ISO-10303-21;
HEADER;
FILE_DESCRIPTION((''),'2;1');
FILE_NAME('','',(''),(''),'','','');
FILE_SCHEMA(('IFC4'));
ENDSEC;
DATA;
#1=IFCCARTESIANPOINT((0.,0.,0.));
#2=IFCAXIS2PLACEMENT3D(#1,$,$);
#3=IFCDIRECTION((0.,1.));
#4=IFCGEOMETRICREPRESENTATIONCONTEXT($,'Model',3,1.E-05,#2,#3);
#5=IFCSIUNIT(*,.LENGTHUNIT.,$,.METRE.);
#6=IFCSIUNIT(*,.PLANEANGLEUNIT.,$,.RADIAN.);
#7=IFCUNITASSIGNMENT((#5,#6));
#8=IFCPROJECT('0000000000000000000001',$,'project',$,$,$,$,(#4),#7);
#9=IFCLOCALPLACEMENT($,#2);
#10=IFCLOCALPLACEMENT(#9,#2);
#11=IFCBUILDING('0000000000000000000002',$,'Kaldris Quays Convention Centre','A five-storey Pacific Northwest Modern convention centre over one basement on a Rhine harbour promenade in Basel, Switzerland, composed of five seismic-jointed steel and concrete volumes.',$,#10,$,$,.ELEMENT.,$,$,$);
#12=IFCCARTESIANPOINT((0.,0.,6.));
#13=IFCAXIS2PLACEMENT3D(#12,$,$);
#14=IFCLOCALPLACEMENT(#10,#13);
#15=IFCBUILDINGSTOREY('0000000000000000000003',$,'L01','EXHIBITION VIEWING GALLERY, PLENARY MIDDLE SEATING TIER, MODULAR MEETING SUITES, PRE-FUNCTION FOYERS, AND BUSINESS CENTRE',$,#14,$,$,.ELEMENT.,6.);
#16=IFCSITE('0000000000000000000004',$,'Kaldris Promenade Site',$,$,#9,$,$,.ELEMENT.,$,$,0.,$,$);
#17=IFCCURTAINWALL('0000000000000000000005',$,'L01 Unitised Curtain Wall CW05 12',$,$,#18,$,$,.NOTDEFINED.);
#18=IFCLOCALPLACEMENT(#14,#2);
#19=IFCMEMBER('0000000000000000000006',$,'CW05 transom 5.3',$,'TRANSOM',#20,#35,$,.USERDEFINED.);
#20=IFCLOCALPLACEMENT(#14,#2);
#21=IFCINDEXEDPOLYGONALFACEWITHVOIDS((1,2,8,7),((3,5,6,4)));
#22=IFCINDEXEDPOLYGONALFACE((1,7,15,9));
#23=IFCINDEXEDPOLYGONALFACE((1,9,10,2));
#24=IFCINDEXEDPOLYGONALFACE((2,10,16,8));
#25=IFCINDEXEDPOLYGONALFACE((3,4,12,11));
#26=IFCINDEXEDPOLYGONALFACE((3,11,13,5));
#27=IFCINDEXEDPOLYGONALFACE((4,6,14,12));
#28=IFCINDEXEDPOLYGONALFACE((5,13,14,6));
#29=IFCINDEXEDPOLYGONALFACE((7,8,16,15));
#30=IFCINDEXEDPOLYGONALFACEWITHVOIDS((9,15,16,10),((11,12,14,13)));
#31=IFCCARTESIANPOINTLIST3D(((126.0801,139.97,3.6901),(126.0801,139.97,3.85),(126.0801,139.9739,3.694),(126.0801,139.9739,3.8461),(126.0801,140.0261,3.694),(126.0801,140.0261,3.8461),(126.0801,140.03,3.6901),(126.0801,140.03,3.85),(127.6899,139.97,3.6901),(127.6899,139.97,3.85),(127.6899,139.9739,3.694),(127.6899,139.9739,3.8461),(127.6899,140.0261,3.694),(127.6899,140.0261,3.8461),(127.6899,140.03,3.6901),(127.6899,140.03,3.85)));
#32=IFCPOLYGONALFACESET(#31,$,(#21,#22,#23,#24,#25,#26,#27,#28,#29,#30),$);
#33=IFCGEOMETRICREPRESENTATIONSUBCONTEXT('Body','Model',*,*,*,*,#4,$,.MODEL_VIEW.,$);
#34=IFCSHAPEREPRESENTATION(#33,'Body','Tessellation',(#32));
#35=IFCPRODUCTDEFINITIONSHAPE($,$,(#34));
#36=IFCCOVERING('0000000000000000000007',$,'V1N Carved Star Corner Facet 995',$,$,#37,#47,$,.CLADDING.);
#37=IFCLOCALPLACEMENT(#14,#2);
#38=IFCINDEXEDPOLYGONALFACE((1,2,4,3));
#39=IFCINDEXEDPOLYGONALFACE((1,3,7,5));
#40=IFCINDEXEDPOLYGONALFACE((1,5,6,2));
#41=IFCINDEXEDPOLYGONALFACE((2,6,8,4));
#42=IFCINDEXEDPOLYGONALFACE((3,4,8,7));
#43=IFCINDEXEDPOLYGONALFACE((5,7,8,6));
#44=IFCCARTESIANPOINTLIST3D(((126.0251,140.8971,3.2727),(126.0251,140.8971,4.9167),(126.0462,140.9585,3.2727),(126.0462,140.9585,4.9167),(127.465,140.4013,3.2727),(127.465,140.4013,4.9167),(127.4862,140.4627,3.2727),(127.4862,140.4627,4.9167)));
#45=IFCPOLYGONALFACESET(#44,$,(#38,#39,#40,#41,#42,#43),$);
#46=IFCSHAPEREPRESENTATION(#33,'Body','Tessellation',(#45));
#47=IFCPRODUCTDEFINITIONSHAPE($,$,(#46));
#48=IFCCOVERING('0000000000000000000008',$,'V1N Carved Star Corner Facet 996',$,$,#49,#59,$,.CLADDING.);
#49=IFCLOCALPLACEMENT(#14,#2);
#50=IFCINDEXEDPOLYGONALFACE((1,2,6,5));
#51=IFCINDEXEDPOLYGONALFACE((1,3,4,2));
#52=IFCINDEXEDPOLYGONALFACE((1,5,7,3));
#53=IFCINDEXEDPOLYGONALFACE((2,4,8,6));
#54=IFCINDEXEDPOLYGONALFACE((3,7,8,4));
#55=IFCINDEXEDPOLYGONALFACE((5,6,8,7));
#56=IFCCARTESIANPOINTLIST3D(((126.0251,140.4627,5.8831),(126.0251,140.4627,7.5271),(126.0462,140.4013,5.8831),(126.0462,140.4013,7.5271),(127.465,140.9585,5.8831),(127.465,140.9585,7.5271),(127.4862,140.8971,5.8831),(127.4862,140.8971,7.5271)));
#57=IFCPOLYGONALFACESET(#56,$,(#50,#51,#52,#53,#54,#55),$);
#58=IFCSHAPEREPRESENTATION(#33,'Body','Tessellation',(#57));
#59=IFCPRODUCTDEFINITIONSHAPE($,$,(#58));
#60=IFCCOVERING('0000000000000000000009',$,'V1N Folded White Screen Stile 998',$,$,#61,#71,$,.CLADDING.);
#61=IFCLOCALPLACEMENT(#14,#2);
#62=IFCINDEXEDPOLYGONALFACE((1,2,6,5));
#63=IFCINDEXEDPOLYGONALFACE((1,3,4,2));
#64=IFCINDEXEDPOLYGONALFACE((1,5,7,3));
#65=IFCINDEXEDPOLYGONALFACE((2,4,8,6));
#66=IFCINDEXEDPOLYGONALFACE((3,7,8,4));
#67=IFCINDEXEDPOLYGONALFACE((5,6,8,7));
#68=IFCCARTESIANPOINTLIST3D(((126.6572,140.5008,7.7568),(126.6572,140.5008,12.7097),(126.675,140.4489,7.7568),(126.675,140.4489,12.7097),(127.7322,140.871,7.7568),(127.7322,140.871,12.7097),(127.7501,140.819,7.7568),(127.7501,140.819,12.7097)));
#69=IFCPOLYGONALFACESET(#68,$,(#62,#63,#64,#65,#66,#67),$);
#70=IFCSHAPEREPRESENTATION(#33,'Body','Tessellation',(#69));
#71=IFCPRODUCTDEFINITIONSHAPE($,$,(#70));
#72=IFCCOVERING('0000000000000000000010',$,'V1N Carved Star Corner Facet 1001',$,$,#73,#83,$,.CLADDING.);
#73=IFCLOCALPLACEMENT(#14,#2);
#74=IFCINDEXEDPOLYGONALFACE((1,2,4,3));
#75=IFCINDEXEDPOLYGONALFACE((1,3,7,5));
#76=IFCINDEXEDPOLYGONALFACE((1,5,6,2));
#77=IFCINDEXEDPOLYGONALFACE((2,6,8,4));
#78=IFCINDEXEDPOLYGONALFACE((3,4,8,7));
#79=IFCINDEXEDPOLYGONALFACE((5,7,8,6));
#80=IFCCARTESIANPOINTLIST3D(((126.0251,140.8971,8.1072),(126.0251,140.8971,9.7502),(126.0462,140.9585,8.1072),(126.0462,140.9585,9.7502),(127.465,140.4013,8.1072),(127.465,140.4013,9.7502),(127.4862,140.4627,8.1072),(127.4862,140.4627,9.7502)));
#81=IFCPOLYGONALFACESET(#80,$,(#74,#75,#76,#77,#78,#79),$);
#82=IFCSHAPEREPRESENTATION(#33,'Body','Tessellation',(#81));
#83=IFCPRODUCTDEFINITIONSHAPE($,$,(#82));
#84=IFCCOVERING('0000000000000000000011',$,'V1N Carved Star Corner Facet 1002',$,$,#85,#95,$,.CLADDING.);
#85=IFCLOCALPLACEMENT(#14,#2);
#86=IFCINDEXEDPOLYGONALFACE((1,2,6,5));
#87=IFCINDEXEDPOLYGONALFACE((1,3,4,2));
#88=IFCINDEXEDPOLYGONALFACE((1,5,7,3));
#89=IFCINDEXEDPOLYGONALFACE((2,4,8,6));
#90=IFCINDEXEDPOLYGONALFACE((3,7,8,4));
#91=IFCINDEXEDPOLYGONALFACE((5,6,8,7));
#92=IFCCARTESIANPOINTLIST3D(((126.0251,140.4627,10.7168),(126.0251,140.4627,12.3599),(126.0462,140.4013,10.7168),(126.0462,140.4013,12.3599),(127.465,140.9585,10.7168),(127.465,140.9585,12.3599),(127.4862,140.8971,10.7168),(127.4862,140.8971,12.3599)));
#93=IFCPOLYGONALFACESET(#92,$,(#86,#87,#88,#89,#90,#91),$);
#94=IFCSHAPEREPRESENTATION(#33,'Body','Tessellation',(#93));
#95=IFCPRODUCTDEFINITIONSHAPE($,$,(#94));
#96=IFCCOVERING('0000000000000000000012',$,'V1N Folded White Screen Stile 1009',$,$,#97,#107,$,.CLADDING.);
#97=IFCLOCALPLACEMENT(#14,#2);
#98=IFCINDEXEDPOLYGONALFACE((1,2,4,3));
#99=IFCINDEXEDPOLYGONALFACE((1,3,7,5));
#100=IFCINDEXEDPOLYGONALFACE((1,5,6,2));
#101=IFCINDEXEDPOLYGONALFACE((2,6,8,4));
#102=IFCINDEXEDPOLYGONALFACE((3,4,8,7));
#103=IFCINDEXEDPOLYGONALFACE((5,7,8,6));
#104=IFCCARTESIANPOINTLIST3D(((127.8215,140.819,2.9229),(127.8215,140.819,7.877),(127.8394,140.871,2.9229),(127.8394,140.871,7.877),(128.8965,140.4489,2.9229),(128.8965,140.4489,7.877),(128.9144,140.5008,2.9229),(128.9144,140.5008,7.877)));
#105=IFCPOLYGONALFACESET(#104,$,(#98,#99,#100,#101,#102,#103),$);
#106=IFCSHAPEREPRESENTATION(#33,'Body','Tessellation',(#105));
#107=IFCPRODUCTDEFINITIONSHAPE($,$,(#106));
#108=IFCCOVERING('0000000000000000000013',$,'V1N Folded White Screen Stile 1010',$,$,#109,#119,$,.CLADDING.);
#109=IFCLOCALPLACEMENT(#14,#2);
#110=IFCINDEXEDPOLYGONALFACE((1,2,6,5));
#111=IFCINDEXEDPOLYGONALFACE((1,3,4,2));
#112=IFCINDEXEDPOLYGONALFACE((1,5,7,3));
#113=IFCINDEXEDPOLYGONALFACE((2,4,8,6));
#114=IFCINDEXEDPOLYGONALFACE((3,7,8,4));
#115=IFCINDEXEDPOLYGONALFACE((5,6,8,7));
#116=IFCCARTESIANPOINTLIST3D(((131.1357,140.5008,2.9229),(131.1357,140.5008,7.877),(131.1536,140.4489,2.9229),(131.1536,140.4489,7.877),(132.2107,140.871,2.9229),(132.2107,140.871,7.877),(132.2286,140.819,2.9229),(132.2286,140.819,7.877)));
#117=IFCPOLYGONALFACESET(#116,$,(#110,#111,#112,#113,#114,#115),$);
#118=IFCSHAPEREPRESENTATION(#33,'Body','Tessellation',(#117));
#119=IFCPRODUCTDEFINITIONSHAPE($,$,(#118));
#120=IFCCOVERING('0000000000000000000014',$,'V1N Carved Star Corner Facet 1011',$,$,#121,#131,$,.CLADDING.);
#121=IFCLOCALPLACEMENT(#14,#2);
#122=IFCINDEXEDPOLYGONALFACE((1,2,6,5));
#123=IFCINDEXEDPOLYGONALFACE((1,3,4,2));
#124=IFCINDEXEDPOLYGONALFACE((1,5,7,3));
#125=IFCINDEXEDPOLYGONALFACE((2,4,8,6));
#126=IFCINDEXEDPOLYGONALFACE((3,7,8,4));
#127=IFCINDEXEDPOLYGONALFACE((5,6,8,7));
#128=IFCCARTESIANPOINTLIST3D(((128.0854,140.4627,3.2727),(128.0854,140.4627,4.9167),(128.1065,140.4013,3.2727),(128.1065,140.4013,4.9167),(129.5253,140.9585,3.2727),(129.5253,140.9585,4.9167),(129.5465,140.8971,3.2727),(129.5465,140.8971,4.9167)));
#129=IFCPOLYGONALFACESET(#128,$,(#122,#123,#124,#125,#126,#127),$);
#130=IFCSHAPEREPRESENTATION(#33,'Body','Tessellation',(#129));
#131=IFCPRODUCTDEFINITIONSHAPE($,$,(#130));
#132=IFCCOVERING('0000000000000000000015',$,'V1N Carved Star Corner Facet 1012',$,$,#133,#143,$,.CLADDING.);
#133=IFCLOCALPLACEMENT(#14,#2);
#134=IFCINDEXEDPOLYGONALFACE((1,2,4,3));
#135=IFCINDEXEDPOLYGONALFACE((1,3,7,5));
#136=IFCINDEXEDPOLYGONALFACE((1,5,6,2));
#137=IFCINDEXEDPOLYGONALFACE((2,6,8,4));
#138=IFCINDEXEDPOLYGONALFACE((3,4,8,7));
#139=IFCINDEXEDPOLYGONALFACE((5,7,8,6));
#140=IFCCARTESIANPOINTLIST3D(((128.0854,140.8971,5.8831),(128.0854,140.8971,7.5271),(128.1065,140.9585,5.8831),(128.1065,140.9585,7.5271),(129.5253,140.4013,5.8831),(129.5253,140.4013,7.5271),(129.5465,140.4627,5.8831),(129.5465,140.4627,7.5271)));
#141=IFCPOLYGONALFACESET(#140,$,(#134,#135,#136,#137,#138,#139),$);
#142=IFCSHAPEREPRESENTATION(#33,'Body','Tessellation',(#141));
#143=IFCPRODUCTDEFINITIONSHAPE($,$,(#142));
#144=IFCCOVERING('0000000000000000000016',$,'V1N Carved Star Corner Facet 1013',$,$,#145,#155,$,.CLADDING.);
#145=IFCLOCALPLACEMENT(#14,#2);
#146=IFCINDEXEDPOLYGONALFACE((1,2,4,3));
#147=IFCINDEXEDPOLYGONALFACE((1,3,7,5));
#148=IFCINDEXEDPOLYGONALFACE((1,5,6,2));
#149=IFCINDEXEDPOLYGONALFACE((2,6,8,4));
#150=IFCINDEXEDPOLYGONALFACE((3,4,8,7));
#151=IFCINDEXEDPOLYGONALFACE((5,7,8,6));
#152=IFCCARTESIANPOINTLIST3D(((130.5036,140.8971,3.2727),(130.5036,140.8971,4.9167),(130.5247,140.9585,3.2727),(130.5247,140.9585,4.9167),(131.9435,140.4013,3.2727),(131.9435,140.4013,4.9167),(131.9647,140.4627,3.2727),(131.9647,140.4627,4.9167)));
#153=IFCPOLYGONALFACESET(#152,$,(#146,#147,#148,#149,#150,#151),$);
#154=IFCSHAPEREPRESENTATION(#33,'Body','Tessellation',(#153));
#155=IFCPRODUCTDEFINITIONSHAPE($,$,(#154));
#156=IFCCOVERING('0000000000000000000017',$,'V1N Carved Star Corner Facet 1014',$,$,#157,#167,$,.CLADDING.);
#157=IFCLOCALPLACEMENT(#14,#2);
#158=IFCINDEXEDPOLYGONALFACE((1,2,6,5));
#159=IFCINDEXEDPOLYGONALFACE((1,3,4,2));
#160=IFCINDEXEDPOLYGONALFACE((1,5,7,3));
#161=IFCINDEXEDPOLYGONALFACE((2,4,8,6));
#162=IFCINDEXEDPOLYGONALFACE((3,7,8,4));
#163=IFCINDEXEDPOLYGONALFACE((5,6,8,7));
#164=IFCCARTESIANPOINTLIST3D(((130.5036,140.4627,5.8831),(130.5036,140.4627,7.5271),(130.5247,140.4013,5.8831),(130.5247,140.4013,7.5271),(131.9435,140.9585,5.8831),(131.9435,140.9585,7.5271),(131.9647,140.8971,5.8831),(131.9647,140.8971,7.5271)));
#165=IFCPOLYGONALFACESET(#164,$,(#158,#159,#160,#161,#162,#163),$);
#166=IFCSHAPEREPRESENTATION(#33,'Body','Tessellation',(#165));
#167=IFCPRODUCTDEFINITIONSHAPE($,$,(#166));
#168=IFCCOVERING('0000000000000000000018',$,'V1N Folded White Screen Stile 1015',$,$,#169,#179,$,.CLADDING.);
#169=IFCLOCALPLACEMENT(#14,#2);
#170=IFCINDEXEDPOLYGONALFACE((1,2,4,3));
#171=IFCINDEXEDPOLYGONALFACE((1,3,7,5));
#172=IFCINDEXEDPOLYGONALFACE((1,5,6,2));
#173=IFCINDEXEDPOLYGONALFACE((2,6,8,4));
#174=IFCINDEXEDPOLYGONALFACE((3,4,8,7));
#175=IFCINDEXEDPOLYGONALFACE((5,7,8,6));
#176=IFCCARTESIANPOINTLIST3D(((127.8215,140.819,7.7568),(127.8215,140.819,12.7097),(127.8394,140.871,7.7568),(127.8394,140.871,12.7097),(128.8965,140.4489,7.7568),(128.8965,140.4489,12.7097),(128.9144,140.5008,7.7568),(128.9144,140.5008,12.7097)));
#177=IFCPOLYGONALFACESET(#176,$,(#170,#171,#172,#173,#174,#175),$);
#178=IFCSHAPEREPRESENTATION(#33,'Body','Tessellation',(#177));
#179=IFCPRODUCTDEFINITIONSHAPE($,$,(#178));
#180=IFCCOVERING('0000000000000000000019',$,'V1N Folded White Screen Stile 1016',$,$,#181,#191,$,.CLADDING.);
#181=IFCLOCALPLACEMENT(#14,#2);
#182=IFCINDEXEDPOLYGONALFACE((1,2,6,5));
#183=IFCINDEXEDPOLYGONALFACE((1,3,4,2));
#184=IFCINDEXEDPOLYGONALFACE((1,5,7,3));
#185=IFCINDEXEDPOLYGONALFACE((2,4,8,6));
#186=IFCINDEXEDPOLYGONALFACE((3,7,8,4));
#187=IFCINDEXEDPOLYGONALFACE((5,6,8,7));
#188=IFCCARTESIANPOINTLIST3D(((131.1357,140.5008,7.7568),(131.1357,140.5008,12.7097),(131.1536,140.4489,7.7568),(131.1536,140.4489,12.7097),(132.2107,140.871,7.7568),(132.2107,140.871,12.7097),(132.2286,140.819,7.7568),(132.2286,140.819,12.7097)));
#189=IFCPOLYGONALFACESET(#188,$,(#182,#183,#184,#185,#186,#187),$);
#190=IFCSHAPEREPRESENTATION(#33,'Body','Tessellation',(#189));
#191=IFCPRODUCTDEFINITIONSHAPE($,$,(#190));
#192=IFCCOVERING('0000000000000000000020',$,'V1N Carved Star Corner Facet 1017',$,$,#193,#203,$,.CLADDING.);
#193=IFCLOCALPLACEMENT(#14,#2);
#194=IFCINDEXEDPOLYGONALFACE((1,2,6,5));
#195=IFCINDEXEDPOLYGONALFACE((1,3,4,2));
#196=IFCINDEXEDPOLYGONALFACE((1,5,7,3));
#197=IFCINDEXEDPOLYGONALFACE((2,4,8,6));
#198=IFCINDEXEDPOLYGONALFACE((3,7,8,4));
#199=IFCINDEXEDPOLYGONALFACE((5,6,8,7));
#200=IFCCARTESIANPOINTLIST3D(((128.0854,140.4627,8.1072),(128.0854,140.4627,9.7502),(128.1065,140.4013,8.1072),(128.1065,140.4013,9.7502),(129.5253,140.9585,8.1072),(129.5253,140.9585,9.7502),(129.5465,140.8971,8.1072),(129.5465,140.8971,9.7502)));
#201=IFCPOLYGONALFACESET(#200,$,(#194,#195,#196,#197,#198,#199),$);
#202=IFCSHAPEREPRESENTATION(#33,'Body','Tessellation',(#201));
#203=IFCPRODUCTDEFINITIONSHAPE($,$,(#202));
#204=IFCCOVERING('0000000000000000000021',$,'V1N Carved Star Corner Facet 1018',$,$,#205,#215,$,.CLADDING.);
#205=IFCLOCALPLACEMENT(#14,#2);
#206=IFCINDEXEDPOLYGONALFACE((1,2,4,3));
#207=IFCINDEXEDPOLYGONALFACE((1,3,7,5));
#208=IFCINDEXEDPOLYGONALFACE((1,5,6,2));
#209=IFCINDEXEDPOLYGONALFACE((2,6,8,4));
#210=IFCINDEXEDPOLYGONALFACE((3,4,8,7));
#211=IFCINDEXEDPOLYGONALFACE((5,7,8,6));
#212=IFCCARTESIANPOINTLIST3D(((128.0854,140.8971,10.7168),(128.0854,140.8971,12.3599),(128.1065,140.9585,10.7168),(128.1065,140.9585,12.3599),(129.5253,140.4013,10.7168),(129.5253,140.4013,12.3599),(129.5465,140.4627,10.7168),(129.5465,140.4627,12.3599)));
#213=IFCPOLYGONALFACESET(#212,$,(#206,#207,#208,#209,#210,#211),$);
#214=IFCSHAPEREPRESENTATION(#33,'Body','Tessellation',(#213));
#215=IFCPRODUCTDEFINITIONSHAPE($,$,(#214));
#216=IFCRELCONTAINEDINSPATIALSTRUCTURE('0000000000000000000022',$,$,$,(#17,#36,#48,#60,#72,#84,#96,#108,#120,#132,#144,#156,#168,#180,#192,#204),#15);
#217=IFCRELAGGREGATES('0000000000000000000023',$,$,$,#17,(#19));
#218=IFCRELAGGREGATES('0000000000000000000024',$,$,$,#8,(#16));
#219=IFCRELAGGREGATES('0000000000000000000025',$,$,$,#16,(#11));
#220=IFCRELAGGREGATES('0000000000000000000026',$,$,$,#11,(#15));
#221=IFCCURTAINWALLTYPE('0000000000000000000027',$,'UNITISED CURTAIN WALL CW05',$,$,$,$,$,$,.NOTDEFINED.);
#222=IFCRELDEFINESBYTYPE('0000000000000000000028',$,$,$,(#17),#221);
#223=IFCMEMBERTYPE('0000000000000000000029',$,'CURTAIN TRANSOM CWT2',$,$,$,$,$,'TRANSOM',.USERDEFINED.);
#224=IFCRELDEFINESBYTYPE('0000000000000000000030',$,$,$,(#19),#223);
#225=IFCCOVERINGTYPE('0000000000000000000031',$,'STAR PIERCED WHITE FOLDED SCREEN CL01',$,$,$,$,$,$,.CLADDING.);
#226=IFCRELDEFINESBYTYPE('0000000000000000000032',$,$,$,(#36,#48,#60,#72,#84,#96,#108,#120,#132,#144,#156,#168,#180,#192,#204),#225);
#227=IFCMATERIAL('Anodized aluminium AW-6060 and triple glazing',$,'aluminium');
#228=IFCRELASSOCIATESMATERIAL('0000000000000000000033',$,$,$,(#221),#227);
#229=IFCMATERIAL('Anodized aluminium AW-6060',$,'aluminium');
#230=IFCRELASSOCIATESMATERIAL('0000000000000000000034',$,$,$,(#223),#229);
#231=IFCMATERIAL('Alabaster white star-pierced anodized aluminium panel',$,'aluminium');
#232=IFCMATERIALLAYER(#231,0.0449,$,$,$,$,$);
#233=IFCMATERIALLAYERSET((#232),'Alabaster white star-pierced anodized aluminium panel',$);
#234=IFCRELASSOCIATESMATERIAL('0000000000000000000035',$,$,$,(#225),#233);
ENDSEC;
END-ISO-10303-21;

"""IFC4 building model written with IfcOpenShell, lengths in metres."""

from ifc_helpers import new_model, si_unit, direction, frame, origin, origin_2d, place, context, subcontext, project, spatial, rectangle, hollow_rectangle, extrude, material, layer, layer_set, material_profile, profile_set, type_object, element, aggregate, save


model = new_model("IFC4")

# Units and contexts
model_context = context("Model", 3, precision=1e-05, world=origin(), true_north=direction((0.0, 1.0)))
body_context = subcontext(model_context, "Body", "Model", "MODEL_VIEW")
ifc_project = project(units=[si_unit("LENGTHUNIT", "METRE"), si_unit("PLANEANGLEUNIT", "RADIAN")], contexts=[model_context])

# Site, building, storey
site_placement = place(None, origin())
site = spatial("IfcSite", under=ifc_project, at=site_placement, Name="Kaldris Promenade Site", CompositionType="ELEMENT", RefElevation=0.0)
building_placement = place(site_placement, origin())
building = spatial("IfcBuilding", under=site, at=building_placement, Name="Kaldris Quays Convention Centre", Description="A five-storey Pacific Northwest Modern convention centre over one basement on a Rhine harbour promenade in Basel, Switzerland, composed of five seismic-jointed steel and concrete volumes.", CompositionType="ELEMENT")
storey_placement = place(building_placement, frame((0.0, 0.0, 6.0)))
storey = spatial("IfcBuildingStorey", under=building, at=storey_placement, Name="L01", Description="EXHIBITION VIEWING GALLERY, PLENARY MIDDLE SEATING TIER, MODULAR MEETING SUITES, PRE-FUNCTION FOYERS, AND BUSINESS CENTRE", CompositionType="ELEMENT", Elevation=6.0)

# Curtain wall, member
ifc_material_1 = material(Name="Anodized aluminium AW-6060 and triple glazing", Category="aluminium")
curtain_wall_type = type_object("IfcCurtainWallType", Name="UNITISED CURTAIN WALL CW05", PredefinedType="NOTDEFINED", material=ifc_material_1)
curtain_wall_placement = place(storey_placement, origin())
curtain_wall = element("IfcCurtainWall", 1, at=curtain_wall_placement, inside=storey, type_object=curtain_wall_type, Name="L01 Unitised Curtain Wall CW05 12", PredefinedType="NOTDEFINED")
ifc_material_2 = material(Name="Anodized aluminium AW-6060", Category="aluminium")
ifc_material_profile = material_profile(ifc_material_2, hollow_rectangle(XDim=0.0601, YDim=0.1599, WallThickness=0.0039, at=origin_2d()), Name="RHS 160x60x4")
ifc_profile_set = profile_set([ifc_material_profile], Name="Anodized aluminium AW-6060")
member_type = type_object("IfcMemberType", Name="CURTAIN TRANSOM CWT2", ElementType="TRANSOM", PredefinedType="USERDEFINED", material=ifc_profile_set)
member_placement = place(storey_placement, frame((126.0801, 140.0, 3.77), z_axis=(1.0, 0.0, 0.0), x_axis=(0.0, 1.0, 0.0)))
member = element("IfcMember", 2, at=member_placement, type_object=member_type, Name="CW05 transom 5.3", ObjectType="TRANSOM", PredefinedType="USERDEFINED", context=body_context, shape_type="SweptSolid", body=[
    extrude(hollow_rectangle(XDim=0.0601, YDim=0.1599, WallThickness=0.0039, at=origin_2d()), origin(), (0.0, 0.0, 1.0), 1.6099),
])
aggregate(curtain_wall, [member])

# Coverings
ifc_material_3 = material(Name="Alabaster white star-pierced anodized aluminium panel", Category="aluminium")
ifc_layer = layer(ifc_material_3, 0.0449)
ifc_layer_set = layer_set([ifc_layer], Name="Alabaster white star-pierced anodized aluminium panel")
covering_type = type_object("IfcCoveringType", Name="STAR PIERCED WHITE FOLDED SCREEN CL01", PredefinedType="CLADDING", material=ifc_layer_set)
for number, where, z_axis, x_axis, name in (
    (3, (126.7556, 140.6799, 3.2727), (0.0, 0.0, 1.0), (0.945519, -0.325568, 0.0), "V1N Carved Star Corner Facet 995"),
    (4, (126.7556, 140.6799, 5.8831), (0.0, 0.0, 1.0), (0.945519, 0.325568, 0.0), "V1N Carved Star Corner Facet 996"),
):
    element("IfcCovering", number, at=place(storey_placement, frame(where, z_axis=z_axis, x_axis=x_axis)), inside=storey, type_object=covering_type, Name=name, PredefinedType="CLADDING", context=body_context, shape_type="SweptSolid", body=[
        extrude(rectangle(XDim=1.5229, YDim=0.0649, at=origin_2d()), origin(), (0.0, 0.0, 1.0), 1.644),
    ])
covering_1_placement = place(storey_placement, frame((127.2036, 140.6599, 7.7568), z_axis=(0.0, 0.0, 1.0), x_axis=(0.945519, 0.325568, 0.0)))
element("IfcCovering", 5, at=covering_1_placement, inside=storey, type_object=covering_type, Name="V1N Folded White Screen Stile 998", PredefinedType="CLADDING", context=body_context, shape_type="SweptSolid", body=[
    extrude(rectangle(XDim=1.137, YDim=0.0549, at=origin_2d()), origin(), (0.0, 0.0, 1.0), 4.9529),
])
for number, where, z_axis, x_axis, name in (
    (6, (126.7556, 140.6799, 8.1072), (0.0, 0.0, 1.0), (0.945519, -0.325568, 0.0), "V1N Carved Star Corner Facet 1001"),
    (7, (126.7556, 140.6799, 10.7168), (0.0, 0.0, 1.0), (0.945519, 0.325568, 0.0), "V1N Carved Star Corner Facet 1002"),
):
    element("IfcCovering", number, at=place(storey_placement, frame(where, z_axis=z_axis, x_axis=x_axis)), inside=storey, type_object=covering_type, Name=name, PredefinedType="CLADDING", context=body_context, shape_type="SweptSolid", body=[
        extrude(rectangle(XDim=1.5229, YDim=0.0649, at=origin_2d()), origin(), (0.0, 0.0, 1.0), 1.6431),
    ])
for number, where, z_axis, x_axis, name in (
    (8, (128.3679, 140.6599, 2.9229), (0.0, 0.0, 1.0), (0.945519, -0.325568, 0.0), "V1N Folded White Screen Stile 1009"),
    (9, (131.6821, 140.6599, 2.9229), (0.0, 0.0, 1.0), (0.945519, 0.325568, 0.0), "V1N Folded White Screen Stile 1010"),
):
    element("IfcCovering", number, at=place(storey_placement, frame(where, z_axis=z_axis, x_axis=x_axis)), inside=storey, type_object=covering_type, Name=name, PredefinedType="CLADDING", context=body_context, shape_type="SweptSolid", body=[
        extrude(rectangle(XDim=1.137, YDim=0.0549, at=origin_2d()), origin(), (0.0, 0.0, 1.0), 4.9541),
    ])
for number, where, z_axis, x_axis, name in (
    (10, (128.8159, 140.6799, 3.2727), (0.0, 0.0, 1.0), (0.945519, 0.325568, 0.0), "V1N Carved Star Corner Facet 1011"),
    (11, (128.8159, 140.6799, 5.8831), (0.0, 0.0, 1.0), (0.945519, -0.325568, 0.0), "V1N Carved Star Corner Facet 1012"),
    (12, (131.2341, 140.6799, 3.2727), (0.0, 0.0, 1.0), (0.945519, -0.325568, 0.0), "V1N Carved Star Corner Facet 1013"),
    (13, (131.2341, 140.6799, 5.8831), (0.0, 0.0, 1.0), (0.945519, 0.325568, 0.0), "V1N Carved Star Corner Facet 1014"),
):
    element("IfcCovering", number, at=place(storey_placement, frame(where, z_axis=z_axis, x_axis=x_axis)), inside=storey, type_object=covering_type, Name=name, PredefinedType="CLADDING", context=body_context, shape_type="SweptSolid", body=[
        extrude(rectangle(XDim=1.5229, YDim=0.0649, at=origin_2d()), origin(), (0.0, 0.0, 1.0), 1.644),
    ])
for number, where, z_axis, x_axis, name in (
    (14, (128.3679, 140.6599, 7.7568), (0.0, 0.0, 1.0), (0.945519, -0.325568, 0.0), "V1N Folded White Screen Stile 1015"),
    (15, (131.6821, 140.6599, 7.7568), (0.0, 0.0, 1.0), (0.945519, 0.325568, 0.0), "V1N Folded White Screen Stile 1016"),
):
    element("IfcCovering", number, at=place(storey_placement, frame(where, z_axis=z_axis, x_axis=x_axis)), inside=storey, type_object=covering_type, Name=name, PredefinedType="CLADDING", context=body_context, shape_type="SweptSolid", body=[
        extrude(rectangle(XDim=1.137, YDim=0.0549, at=origin_2d()), origin(), (0.0, 0.0, 1.0), 4.9529),
    ])
for number, where, z_axis, x_axis, name in (
    (16, (128.8159, 140.6799, 8.1072), (0.0, 0.0, 1.0), (0.945519, 0.325568, 0.0), "V1N Carved Star Corner Facet 1017"),
    (17, (128.8159, 140.6799, 10.7168), (0.0, 0.0, 1.0), (0.945519, -0.325568, 0.0), "V1N Carved Star Corner Facet 1018"),
):
    element("IfcCovering", number, at=place(storey_placement, frame(where, z_axis=z_axis, x_axis=x_axis)), inside=storey, type_object=covering_type, Name=name, PredefinedType="CLADDING", context=body_context, shape_type="SweptSolid", body=[
        extrude(rectangle(XDim=1.5229, YDim=0.0649, at=origin_2d()), origin(), (0.0, 0.0, 1.0), 1.6431),
    ])

save(model, "model.ifc")
